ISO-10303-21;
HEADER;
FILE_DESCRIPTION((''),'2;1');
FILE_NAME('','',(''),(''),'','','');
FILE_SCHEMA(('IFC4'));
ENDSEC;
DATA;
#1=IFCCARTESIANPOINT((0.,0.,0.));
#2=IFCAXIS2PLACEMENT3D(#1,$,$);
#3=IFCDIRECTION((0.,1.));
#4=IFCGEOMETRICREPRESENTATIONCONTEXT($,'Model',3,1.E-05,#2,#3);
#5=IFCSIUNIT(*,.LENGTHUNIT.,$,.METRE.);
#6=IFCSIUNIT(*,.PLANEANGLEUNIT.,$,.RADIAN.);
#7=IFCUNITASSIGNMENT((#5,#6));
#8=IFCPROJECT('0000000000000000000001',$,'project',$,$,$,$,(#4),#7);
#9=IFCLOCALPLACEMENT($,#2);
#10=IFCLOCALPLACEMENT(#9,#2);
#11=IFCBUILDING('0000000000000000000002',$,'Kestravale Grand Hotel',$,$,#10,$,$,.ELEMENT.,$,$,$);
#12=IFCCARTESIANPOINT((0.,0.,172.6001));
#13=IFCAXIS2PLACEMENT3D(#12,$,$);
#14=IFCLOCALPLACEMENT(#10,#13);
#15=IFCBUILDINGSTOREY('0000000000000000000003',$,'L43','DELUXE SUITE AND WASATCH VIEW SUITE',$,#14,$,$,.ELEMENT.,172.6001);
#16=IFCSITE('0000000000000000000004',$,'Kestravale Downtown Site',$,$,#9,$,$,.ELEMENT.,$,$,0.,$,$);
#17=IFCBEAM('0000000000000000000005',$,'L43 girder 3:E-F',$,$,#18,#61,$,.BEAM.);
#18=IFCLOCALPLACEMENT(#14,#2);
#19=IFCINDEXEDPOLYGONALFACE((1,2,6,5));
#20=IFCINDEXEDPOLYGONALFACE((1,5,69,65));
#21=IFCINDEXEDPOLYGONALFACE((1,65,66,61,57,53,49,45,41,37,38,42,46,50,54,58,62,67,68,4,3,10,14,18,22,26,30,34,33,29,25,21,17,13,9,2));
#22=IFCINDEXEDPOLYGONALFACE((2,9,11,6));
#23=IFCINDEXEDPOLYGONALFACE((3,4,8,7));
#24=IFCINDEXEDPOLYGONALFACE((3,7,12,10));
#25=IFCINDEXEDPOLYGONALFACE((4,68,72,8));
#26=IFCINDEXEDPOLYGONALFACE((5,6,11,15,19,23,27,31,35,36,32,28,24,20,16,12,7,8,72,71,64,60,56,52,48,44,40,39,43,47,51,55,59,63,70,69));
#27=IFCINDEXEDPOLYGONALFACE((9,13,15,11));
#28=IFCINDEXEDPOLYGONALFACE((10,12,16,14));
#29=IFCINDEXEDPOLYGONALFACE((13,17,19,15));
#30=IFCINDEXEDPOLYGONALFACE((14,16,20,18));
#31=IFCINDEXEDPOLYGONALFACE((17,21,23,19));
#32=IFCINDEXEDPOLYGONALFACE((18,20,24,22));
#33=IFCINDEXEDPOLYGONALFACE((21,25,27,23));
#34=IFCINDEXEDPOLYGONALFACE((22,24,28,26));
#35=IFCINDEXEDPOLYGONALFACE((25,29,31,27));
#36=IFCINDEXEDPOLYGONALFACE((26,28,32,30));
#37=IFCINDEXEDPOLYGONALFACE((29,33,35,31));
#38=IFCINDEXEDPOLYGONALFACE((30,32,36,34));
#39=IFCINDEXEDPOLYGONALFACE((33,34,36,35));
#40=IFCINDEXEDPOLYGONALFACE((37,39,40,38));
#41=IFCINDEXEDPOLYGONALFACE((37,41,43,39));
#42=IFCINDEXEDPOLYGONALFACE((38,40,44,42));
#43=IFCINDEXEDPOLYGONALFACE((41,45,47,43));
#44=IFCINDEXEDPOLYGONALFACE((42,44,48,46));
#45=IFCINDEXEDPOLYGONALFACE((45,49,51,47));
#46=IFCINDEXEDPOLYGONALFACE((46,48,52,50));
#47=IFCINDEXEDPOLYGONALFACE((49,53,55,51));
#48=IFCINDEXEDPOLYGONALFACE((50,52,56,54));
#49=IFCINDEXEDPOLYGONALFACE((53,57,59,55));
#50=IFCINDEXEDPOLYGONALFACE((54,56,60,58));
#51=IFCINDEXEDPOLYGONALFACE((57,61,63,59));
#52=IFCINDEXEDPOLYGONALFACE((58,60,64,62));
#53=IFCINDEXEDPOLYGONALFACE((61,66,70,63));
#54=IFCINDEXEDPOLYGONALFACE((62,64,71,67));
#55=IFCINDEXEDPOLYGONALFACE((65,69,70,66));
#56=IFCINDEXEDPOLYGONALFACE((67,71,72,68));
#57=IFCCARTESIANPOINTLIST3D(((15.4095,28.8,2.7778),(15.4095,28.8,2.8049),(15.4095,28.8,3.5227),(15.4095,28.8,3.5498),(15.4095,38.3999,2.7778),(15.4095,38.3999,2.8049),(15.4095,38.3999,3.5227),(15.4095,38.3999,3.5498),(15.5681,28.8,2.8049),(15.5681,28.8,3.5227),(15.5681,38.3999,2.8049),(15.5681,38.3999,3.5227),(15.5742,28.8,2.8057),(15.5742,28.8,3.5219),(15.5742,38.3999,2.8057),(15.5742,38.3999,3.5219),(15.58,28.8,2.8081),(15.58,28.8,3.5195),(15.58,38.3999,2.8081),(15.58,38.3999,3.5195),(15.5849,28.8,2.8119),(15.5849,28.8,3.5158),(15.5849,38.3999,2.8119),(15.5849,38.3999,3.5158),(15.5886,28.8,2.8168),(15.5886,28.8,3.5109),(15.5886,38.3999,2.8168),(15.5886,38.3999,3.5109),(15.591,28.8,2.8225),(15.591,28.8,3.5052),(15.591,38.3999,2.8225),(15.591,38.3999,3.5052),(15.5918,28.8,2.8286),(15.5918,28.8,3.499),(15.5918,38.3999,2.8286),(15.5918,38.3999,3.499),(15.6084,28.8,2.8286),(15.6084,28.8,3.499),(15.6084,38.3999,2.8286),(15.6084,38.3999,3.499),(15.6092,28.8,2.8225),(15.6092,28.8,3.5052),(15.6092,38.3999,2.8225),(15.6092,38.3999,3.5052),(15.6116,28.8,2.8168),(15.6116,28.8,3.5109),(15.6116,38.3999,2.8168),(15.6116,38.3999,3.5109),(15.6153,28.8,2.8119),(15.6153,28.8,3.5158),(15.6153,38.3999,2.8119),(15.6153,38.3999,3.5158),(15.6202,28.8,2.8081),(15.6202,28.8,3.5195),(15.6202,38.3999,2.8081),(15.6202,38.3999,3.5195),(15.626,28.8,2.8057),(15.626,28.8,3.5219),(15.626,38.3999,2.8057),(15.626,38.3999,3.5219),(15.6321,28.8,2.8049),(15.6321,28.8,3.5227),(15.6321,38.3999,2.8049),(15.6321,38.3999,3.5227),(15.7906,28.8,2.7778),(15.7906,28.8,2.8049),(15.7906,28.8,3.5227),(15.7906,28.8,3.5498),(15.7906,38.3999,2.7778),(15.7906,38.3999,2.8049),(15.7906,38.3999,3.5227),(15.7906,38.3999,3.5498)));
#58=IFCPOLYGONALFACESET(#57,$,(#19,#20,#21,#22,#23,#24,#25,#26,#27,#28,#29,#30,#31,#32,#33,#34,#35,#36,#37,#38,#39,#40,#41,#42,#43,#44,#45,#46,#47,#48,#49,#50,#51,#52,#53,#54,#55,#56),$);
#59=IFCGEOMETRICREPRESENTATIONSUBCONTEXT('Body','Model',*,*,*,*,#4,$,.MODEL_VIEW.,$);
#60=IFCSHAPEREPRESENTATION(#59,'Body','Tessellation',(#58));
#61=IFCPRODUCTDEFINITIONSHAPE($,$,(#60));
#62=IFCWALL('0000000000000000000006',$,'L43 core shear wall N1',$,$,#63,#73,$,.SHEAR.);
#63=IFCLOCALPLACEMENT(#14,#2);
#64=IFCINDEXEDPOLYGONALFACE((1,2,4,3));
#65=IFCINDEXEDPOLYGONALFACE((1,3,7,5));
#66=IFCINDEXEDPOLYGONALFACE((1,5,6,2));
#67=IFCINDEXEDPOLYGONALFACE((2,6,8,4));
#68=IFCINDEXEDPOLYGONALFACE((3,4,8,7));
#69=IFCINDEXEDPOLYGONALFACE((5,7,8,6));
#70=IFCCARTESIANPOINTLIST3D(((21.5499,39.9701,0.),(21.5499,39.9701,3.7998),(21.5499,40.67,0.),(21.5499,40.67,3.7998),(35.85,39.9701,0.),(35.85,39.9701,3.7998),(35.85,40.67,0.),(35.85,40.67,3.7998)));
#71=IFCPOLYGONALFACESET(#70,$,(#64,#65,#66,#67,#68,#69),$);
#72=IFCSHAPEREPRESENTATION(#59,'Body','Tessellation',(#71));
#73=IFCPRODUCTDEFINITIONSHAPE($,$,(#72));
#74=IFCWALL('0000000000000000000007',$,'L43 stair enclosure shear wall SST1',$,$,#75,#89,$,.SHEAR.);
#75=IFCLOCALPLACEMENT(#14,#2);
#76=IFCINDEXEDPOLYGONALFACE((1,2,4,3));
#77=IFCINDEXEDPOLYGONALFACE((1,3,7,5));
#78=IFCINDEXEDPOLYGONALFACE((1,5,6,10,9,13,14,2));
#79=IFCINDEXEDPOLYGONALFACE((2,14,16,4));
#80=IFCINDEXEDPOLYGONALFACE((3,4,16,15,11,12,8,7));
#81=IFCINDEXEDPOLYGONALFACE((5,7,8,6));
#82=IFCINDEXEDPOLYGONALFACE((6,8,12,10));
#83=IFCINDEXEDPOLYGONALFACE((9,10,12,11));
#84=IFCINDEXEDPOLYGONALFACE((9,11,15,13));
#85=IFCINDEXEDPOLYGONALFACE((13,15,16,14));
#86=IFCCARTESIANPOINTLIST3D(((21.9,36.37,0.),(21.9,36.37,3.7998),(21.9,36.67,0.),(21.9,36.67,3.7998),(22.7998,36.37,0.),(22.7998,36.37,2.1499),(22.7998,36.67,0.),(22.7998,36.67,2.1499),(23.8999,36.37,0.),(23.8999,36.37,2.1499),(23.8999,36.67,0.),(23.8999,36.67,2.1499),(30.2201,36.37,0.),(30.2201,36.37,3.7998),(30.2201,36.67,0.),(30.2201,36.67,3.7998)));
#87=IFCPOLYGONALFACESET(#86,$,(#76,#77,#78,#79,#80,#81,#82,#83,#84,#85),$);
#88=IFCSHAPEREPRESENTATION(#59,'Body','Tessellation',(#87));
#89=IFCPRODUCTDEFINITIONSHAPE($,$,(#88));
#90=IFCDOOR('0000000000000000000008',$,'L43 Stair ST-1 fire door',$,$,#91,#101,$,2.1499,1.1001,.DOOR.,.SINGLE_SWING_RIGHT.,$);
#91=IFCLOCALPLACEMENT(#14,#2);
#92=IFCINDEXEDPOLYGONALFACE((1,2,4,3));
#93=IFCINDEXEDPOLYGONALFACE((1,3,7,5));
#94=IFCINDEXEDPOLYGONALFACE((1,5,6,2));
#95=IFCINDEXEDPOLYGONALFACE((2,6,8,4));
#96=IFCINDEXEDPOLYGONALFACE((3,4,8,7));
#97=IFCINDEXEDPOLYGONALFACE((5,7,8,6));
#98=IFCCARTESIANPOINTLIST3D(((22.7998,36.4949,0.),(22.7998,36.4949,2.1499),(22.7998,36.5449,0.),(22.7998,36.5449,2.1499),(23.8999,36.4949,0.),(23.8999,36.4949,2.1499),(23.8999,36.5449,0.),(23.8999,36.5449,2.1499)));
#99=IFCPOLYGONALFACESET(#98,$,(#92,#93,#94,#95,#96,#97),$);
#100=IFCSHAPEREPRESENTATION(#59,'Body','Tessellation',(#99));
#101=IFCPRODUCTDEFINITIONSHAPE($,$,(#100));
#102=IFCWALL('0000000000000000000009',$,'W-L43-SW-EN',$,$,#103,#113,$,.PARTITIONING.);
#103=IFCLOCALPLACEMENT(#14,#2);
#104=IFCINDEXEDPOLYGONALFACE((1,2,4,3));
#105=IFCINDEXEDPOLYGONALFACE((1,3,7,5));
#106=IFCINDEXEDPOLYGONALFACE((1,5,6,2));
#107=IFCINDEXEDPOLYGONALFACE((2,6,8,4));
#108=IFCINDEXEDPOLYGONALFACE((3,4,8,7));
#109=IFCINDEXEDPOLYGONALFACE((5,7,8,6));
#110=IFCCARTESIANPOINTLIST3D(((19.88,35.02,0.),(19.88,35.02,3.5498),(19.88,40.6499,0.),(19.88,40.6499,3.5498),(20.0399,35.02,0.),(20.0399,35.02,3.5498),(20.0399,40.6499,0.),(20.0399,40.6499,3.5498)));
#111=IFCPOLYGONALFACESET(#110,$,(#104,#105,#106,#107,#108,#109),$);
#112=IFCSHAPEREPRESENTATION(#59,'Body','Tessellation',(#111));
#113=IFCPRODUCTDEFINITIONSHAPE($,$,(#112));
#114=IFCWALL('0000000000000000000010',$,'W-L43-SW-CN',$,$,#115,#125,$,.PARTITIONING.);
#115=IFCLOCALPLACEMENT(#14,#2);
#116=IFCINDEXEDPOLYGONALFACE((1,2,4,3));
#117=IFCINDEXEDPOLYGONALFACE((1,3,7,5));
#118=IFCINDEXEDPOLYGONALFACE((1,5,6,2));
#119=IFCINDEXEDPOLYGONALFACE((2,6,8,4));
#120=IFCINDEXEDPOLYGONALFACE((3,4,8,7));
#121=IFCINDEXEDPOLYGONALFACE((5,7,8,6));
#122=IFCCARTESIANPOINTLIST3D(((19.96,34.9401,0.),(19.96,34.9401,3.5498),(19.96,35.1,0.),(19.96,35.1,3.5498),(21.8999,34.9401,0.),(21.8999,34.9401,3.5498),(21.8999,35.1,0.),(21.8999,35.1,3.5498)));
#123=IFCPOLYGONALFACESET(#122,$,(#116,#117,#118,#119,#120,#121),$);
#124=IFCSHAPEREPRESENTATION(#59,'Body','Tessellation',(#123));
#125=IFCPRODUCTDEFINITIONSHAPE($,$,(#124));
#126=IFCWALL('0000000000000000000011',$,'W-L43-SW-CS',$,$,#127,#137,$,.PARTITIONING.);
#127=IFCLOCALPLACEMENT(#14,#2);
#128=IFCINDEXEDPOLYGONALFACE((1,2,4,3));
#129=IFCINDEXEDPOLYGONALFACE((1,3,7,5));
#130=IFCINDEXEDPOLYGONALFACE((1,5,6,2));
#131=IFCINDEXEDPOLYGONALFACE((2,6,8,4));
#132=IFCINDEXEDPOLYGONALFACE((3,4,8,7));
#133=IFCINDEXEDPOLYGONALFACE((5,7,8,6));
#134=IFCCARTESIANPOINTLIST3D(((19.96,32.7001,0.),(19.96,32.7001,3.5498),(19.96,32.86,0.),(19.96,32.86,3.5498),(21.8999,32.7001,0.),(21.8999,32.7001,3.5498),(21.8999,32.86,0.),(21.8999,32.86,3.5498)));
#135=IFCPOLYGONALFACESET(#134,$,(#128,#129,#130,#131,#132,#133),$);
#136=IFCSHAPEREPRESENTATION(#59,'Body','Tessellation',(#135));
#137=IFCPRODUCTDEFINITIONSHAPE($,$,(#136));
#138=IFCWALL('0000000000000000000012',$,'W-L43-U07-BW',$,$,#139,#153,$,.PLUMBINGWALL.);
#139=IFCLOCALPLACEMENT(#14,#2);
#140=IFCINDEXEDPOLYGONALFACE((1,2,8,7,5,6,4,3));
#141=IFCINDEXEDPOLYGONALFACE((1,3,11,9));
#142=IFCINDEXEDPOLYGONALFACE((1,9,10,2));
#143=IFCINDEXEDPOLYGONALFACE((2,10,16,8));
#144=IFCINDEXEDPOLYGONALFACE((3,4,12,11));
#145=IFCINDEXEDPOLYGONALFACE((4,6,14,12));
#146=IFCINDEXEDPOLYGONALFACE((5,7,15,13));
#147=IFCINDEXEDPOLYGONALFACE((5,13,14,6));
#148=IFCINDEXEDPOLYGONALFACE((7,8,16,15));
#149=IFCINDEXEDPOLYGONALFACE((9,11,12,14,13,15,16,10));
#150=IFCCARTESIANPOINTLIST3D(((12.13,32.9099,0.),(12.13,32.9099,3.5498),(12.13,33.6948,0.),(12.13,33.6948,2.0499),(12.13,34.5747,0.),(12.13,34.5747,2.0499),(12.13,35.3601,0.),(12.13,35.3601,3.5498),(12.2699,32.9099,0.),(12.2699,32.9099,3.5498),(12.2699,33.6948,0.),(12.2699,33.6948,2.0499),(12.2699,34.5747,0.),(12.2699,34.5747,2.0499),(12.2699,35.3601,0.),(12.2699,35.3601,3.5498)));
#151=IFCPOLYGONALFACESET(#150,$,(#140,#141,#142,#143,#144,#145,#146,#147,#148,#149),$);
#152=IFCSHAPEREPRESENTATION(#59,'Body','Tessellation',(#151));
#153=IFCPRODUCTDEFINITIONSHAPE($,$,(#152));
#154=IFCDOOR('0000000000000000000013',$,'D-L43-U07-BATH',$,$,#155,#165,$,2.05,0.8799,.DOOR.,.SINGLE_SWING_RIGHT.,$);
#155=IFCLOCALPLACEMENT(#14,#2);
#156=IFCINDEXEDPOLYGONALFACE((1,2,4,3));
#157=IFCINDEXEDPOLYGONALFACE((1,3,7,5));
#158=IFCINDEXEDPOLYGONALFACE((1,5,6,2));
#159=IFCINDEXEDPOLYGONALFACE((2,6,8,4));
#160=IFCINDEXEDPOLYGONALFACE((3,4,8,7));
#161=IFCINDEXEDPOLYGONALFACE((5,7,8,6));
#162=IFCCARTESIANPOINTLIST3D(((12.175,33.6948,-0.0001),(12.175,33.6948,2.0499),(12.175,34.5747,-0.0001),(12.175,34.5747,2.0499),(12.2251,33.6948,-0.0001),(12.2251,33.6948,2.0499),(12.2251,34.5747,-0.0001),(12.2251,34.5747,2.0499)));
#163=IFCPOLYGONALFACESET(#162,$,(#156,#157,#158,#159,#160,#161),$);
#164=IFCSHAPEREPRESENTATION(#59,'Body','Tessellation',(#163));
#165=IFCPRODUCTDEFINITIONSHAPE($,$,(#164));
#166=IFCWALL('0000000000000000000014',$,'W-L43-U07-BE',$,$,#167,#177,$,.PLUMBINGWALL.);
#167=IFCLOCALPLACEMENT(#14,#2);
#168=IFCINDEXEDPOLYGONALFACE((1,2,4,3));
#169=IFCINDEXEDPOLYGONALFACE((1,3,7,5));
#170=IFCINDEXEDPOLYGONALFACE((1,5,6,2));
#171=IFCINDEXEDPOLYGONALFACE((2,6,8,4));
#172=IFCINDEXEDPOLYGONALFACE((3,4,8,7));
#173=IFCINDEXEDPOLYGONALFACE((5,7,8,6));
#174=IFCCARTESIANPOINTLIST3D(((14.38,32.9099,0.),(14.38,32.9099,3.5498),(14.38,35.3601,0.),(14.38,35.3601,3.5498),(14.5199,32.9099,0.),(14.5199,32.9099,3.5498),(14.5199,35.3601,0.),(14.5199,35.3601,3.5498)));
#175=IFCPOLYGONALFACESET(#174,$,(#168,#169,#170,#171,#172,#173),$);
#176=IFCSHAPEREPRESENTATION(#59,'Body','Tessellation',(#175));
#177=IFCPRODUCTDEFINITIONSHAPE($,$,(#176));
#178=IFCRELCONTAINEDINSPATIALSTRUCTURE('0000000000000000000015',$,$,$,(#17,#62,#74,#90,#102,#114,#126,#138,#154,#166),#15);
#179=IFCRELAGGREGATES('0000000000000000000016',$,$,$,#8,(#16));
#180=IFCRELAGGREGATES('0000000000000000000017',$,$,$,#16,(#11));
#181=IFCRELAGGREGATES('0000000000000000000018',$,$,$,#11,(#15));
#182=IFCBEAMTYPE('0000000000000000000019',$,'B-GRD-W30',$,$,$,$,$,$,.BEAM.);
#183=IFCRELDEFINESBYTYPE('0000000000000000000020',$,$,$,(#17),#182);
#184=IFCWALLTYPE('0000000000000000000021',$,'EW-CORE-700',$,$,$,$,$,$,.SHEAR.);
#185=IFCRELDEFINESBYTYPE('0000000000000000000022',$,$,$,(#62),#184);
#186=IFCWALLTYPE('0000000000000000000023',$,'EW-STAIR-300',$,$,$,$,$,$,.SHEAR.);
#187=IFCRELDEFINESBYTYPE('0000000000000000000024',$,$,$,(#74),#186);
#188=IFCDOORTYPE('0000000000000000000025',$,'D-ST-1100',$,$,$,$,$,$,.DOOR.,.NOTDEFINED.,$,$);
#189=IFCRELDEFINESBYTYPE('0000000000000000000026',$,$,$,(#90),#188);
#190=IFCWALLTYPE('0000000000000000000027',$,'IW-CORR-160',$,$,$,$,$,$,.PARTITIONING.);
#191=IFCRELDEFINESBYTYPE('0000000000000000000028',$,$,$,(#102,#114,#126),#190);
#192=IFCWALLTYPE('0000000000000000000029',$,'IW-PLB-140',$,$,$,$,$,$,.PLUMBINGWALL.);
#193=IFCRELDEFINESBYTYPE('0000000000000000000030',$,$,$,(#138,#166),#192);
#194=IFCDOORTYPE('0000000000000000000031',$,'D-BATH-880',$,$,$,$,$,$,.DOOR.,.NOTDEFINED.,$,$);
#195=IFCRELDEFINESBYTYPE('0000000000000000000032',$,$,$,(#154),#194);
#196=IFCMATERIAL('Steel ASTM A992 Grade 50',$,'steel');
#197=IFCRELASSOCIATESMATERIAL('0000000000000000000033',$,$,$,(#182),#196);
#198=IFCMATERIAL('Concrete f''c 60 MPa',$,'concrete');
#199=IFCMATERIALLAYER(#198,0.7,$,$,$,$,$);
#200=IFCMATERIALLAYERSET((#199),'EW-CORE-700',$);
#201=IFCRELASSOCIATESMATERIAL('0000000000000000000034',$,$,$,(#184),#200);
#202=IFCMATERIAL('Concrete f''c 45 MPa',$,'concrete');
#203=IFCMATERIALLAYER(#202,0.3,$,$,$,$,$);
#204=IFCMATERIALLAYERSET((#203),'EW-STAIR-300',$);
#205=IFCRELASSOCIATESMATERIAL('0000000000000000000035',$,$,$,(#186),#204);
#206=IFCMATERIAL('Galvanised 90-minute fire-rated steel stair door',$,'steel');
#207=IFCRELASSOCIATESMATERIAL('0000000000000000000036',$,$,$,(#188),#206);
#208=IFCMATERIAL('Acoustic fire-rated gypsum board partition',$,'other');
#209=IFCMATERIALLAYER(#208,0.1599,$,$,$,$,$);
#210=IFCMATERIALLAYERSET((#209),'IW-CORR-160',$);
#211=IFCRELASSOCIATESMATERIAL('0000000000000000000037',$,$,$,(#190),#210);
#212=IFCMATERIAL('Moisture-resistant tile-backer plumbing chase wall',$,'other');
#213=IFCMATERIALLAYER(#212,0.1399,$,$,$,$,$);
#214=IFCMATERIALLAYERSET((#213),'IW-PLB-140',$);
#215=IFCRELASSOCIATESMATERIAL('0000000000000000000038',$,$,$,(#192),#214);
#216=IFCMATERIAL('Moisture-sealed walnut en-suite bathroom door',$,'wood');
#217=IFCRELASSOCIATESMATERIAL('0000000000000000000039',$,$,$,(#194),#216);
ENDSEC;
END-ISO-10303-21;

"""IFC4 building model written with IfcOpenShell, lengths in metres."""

from ifc_helpers import new_model, si_unit, direction, frame, frame_2d, origin, origin_2d, place, context, subcontext, project, spatial, rectangle, i_section, extrude, material, layer, layer_set, material_profile, profile_set, type_object, element, fill, save


model = new_model("IFC4")

# Units and contexts
model_context = context("Model", 3, precision=1e-05, world=origin(), true_north=direction((0.0, 1.0)))
body_context = subcontext(model_context, "Body", "Model", "MODEL_VIEW")
ifc_project = project(units=[si_unit("LENGTHUNIT", "METRE"), si_unit("PLANEANGLEUNIT", "RADIAN")], contexts=[model_context])

# Site, building, storey
site_placement = place(None, origin())
site = spatial("IfcSite", under=ifc_project, at=site_placement, Name="Kestravale Downtown Site", CompositionType="ELEMENT", RefElevation=0.0)
building_placement = place(site_placement, origin())
building = spatial("IfcBuilding", under=site, at=building_placement, Name="Kestravale Grand Hotel", CompositionType="ELEMENT")
storey_placement = place(building_placement, frame((0.0, 0.0, 172.6001)))
storey = spatial("IfcBuildingStorey", under=building, at=storey_placement, Name="L43", Description="DELUXE SUITE AND WASATCH VIEW SUITE", CompositionType="ELEMENT", Elevation=172.6001)

# Beam
ifc_material_1 = material(Name="Steel ASTM A992 Grade 50", Category="steel")
ifc_material_profile_1 = material_profile(ifc_material_1, i_section(OverallWidth=0.3811, OverallDepth=0.772, WebThickness=0.0166, FlangeThickness=0.0271, FilletRadius=0.0237, at=origin_2d()))
ifc_profile_set_1 = profile_set([ifc_material_profile_1], Name="Steel ASTM A992 Grade 50")
beam_type_1 = type_object("IfcBeamType", Name="B-GRD-W30", PredefinedType="BEAM", material=ifc_profile_set_1)
beam_1_placement = place(storey_placement, frame((15.6001, 28.8, 3.1638), z_axis=(0.0, 1.0, 0.0), x_axis=(-1.0, 0.0, 0.0)))
element("IfcBeam", 1, at=beam_1_placement, inside=storey, type_object=beam_type_1, Name="L43 girder 3:E-F", PredefinedType="BEAM", context=body_context, shape_type="SweptSolid", body=[
    extrude(i_section(OverallWidth=0.3811, OverallDepth=0.772, WebThickness=0.0166, FlangeThickness=0.0271, FilletRadius=0.0237, at=origin_2d()), origin(), (0.0, 0.0, 1.0), 9.5999),
])

# Wall
ifc_material_2 = material(Name="Concrete f'c 60 MPa", Category="concrete")
ifc_layer_1 = layer(ifc_material_2, 0.7)
ifc_layer_set_1 = layer_set([ifc_layer_1], Name="EW-CORE-700")
wall_type_1 = type_object("IfcWallType", Name="EW-CORE-700", PredefinedType="SHEAR", material=ifc_layer_set_1)
wall_1_placement = place(storey_placement, frame((21.55, 40.3201, 0.0), z_axis=(0.0, 0.0, 1.0), x_axis=(1.0, 0.0, 0.0)))
element("IfcWall", 2, at=wall_1_placement, inside=storey, type_object=wall_type_1, Name="L43 core shear wall N1", PredefinedType="SHEAR", context=body_context, shape_type="SweptSolid", body=[
    extrude(rectangle(XDim=14.3, YDim=0.7, at=frame_2d((7.1499, 0.0))), origin(), (0.0, 0.0, 1.0), 3.7998),
])

# Wall, opening, door
ifc_material_3 = material(Name="Concrete f'c 45 MPa", Category="concrete")
ifc_layer_2 = layer(ifc_material_3, 0.3)
ifc_layer_set_2 = layer_set([ifc_layer_2], Name="EW-STAIR-300")
wall_type_2 = type_object("IfcWallType", Name="EW-STAIR-300", PredefinedType="SHEAR", material=ifc_layer_set_2)
wall_2_placement = place(storey_placement, frame((21.8999, 36.52, 0.0), z_axis=(0.0, 0.0, 1.0), x_axis=(1.0, 0.0, 0.0)))
wall_2 = element("IfcWall", 3, at=wall_2_placement, inside=storey, type_object=wall_type_2, Name="L43 stair enclosure shear wall SST1", PredefinedType="SHEAR", context=body_context, shape_type="SweptSolid", body=[
    extrude(rectangle(XDim=8.3201, YDim=0.3, at=frame_2d((4.1602, 0.0))), origin(), (0.0, 0.0, 1.0), 3.7998),
])
opening_1_placement = place(wall_2_placement, frame((0.8999, 0.0, 0.0)))
opening_1 = element("IfcOpeningElement", 4, at=opening_1_placement, cuts=wall_2, PredefinedType="OPENING", context=body_context, shape_type="SweptSolid", body=[
    extrude(rectangle(XDim=1.1001, YDim=2.1499, at=frame_2d((0.55, 1.075))), frame((0.0, 0.1599, 0.0), z_axis=(0.0, -1.0, 0.0), x_axis=(1.0, 0.0, 0.0)), (0.0, 0.0, 1.0), 0.3201),
])
ifc_material_4 = material(Name="Galvanised 90-minute fire-rated steel stair door", Category="steel")
door_type_1 = type_object("IfcDoorType", Name="D-ST-1100", OperationType="NOTDEFINED", PredefinedType="DOOR", material=ifc_material_4)
door_1_placement = place(opening_1_placement, origin())
door_1 = element("IfcDoor", 5, at=door_1_placement, inside=storey, type_object=door_type_1, Name="L43 Stair ST-1 fire door", OperationType="SINGLE_SWING_RIGHT", OverallHeight=2.1499, OverallWidth=1.1001, PredefinedType="DOOR", context=body_context, shape_type="SweptSolid", body=[
    extrude(rectangle(XDim=1.1001, YDim=2.1499, at=frame_2d((0.55, 1.075))), frame((0.0, 0.0249, 0.0), z_axis=(0.0, -1.0, 0.0), x_axis=(1.0, 0.0, 0.0)), (0.0, 0.0, 1.0), 0.05),
])
fill(opening_1, door_1)

# Walls
ifc_material_5 = material(Name="Acoustic fire-rated gypsum board partition", Category="other")
ifc_layer_3 = layer(ifc_material_5, 0.1599)
ifc_layer_set_3 = layer_set([ifc_layer_3], Name="IW-CORR-160")
wall_type_3 = type_object("IfcWallType", Name="IW-CORR-160", PredefinedType="PARTITIONING", material=ifc_layer_set_3)
wall_3_placement = place(storey_placement, frame((19.96, 35.02, 0.0), z_axis=(0.0, 0.0, 1.0), x_axis=(0.0, 1.0, 0.0)))
element("IfcWall", 6, at=wall_3_placement, inside=storey, type_object=wall_type_3, Name="W-L43-SW-EN", PredefinedType="PARTITIONING", context=body_context, shape_type="SweptSolid", body=[
    extrude(rectangle(XDim=5.6299, YDim=0.1599, at=frame_2d((2.8149, 0.0))), origin(), (0.0, 0.0, 1.0), 3.5498),
])
for number, where, z_axis, x_axis, name in (
    (7, (19.96, 35.02, 0.0), (0.0, 0.0, 1.0), (1.0, 0.0, 0.0), "W-L43-SW-CN"),
    (8, (19.96, 32.78, 0.0), (0.0, 0.0, 1.0), (1.0, 0.0, 0.0), "W-L43-SW-CS"),
):
    element("IfcWall", number, at=place(storey_placement, frame(where, z_axis=z_axis, x_axis=x_axis)), inside=storey, type_object=wall_type_3, Name=name, PredefinedType="PARTITIONING", context=body_context, shape_type="SweptSolid", body=[
        extrude(rectangle(XDim=1.9399, YDim=0.1599, at=frame_2d((0.97, 0.0))), origin(), (0.0, 0.0, 1.0), 3.5498),
    ])

# Wall, opening, door
ifc_material_6 = material(Name="Moisture-resistant tile-backer plumbing chase wall", Category="other")
ifc_layer_4 = layer(ifc_material_6, 0.1399)
ifc_layer_set_4 = layer_set([ifc_layer_4], Name="IW-PLB-140")
wall_type_4 = type_object("IfcWallType", Name="IW-PLB-140", PredefinedType="PLUMBINGWALL", material=ifc_layer_set_4)
wall_4_placement = place(storey_placement, frame((12.2, 32.9099, 0.0), z_axis=(0.0, 0.0, 1.0), x_axis=(0.0, 1.0, 0.0)))
wall_4 = element("IfcWall", 9, at=wall_4_placement, inside=storey, type_object=wall_type_4, Name="W-L43-U07-BW", PredefinedType="PLUMBINGWALL", context=body_context, shape_type="SweptSolid", body=[
    extrude(rectangle(XDim=2.4502, YDim=0.1399, at=frame_2d((1.2251, 0.0))), origin(), (0.0, 0.0, 1.0), 3.5498),
])
opening_2_placement = place(wall_4_placement, frame((0.7849, 0.0, 0.0)))
opening_2 = element("IfcOpeningElement", 10, at=opening_2_placement, cuts=wall_4, PredefinedType="OPENING", context=body_context, shape_type="SweptSolid", body=[
    extrude(rectangle(XDim=0.8799, YDim=2.05, at=frame_2d((0.4399, 1.0249))), frame((0.0, 0.0798, 0.0), z_axis=(0.0, -1.0, 0.0), x_axis=(1.0, 0.0, 0.0)), (0.0, 0.0, 1.0), 0.1599),
])
ifc_material_7 = material(Name="Moisture-sealed walnut en-suite bathroom door", Category="wood")
door_type_2 = type_object("IfcDoorType", Name="D-BATH-880", OperationType="NOTDEFINED", PredefinedType="DOOR", material=ifc_material_7)
door_2_placement = place(opening_2_placement, origin())
door_2 = element("IfcDoor", 11, at=door_2_placement, inside=storey, type_object=door_type_2, Name="D-L43-U07-BATH", OperationType="SINGLE_SWING_RIGHT", OverallHeight=2.05, OverallWidth=0.8799, PredefinedType="DOOR", context=body_context, shape_type="SweptSolid", body=[
    extrude(rectangle(XDim=0.8799, YDim=2.05, at=frame_2d((0.4399, 1.0249))), frame((0.0, 0.0249, 0.0), z_axis=(0.0, -1.0, 0.0), x_axis=(1.0, 0.0, 0.0)), (0.0, 0.0, 1.0), 0.05),
])
fill(opening_2, door_2)

# Wall
wall_5_placement = place(storey_placement, frame((14.45, 32.9099, 0.0), z_axis=(0.0, 0.0, 1.0), x_axis=(0.0, 1.0, 0.0)))
element("IfcWall", 12, at=wall_5_placement, inside=storey, type_object=wall_type_4, Name="W-L43-U07-BE", PredefinedType="PLUMBINGWALL", context=body_context, shape_type="SweptSolid", body=[
    extrude(rectangle(XDim=2.4502, YDim=0.1399, at=frame_2d((1.2251, 0.0))), origin(), (0.0, 0.0, 1.0), 3.5498),
])

save(model, "model.ifc")
